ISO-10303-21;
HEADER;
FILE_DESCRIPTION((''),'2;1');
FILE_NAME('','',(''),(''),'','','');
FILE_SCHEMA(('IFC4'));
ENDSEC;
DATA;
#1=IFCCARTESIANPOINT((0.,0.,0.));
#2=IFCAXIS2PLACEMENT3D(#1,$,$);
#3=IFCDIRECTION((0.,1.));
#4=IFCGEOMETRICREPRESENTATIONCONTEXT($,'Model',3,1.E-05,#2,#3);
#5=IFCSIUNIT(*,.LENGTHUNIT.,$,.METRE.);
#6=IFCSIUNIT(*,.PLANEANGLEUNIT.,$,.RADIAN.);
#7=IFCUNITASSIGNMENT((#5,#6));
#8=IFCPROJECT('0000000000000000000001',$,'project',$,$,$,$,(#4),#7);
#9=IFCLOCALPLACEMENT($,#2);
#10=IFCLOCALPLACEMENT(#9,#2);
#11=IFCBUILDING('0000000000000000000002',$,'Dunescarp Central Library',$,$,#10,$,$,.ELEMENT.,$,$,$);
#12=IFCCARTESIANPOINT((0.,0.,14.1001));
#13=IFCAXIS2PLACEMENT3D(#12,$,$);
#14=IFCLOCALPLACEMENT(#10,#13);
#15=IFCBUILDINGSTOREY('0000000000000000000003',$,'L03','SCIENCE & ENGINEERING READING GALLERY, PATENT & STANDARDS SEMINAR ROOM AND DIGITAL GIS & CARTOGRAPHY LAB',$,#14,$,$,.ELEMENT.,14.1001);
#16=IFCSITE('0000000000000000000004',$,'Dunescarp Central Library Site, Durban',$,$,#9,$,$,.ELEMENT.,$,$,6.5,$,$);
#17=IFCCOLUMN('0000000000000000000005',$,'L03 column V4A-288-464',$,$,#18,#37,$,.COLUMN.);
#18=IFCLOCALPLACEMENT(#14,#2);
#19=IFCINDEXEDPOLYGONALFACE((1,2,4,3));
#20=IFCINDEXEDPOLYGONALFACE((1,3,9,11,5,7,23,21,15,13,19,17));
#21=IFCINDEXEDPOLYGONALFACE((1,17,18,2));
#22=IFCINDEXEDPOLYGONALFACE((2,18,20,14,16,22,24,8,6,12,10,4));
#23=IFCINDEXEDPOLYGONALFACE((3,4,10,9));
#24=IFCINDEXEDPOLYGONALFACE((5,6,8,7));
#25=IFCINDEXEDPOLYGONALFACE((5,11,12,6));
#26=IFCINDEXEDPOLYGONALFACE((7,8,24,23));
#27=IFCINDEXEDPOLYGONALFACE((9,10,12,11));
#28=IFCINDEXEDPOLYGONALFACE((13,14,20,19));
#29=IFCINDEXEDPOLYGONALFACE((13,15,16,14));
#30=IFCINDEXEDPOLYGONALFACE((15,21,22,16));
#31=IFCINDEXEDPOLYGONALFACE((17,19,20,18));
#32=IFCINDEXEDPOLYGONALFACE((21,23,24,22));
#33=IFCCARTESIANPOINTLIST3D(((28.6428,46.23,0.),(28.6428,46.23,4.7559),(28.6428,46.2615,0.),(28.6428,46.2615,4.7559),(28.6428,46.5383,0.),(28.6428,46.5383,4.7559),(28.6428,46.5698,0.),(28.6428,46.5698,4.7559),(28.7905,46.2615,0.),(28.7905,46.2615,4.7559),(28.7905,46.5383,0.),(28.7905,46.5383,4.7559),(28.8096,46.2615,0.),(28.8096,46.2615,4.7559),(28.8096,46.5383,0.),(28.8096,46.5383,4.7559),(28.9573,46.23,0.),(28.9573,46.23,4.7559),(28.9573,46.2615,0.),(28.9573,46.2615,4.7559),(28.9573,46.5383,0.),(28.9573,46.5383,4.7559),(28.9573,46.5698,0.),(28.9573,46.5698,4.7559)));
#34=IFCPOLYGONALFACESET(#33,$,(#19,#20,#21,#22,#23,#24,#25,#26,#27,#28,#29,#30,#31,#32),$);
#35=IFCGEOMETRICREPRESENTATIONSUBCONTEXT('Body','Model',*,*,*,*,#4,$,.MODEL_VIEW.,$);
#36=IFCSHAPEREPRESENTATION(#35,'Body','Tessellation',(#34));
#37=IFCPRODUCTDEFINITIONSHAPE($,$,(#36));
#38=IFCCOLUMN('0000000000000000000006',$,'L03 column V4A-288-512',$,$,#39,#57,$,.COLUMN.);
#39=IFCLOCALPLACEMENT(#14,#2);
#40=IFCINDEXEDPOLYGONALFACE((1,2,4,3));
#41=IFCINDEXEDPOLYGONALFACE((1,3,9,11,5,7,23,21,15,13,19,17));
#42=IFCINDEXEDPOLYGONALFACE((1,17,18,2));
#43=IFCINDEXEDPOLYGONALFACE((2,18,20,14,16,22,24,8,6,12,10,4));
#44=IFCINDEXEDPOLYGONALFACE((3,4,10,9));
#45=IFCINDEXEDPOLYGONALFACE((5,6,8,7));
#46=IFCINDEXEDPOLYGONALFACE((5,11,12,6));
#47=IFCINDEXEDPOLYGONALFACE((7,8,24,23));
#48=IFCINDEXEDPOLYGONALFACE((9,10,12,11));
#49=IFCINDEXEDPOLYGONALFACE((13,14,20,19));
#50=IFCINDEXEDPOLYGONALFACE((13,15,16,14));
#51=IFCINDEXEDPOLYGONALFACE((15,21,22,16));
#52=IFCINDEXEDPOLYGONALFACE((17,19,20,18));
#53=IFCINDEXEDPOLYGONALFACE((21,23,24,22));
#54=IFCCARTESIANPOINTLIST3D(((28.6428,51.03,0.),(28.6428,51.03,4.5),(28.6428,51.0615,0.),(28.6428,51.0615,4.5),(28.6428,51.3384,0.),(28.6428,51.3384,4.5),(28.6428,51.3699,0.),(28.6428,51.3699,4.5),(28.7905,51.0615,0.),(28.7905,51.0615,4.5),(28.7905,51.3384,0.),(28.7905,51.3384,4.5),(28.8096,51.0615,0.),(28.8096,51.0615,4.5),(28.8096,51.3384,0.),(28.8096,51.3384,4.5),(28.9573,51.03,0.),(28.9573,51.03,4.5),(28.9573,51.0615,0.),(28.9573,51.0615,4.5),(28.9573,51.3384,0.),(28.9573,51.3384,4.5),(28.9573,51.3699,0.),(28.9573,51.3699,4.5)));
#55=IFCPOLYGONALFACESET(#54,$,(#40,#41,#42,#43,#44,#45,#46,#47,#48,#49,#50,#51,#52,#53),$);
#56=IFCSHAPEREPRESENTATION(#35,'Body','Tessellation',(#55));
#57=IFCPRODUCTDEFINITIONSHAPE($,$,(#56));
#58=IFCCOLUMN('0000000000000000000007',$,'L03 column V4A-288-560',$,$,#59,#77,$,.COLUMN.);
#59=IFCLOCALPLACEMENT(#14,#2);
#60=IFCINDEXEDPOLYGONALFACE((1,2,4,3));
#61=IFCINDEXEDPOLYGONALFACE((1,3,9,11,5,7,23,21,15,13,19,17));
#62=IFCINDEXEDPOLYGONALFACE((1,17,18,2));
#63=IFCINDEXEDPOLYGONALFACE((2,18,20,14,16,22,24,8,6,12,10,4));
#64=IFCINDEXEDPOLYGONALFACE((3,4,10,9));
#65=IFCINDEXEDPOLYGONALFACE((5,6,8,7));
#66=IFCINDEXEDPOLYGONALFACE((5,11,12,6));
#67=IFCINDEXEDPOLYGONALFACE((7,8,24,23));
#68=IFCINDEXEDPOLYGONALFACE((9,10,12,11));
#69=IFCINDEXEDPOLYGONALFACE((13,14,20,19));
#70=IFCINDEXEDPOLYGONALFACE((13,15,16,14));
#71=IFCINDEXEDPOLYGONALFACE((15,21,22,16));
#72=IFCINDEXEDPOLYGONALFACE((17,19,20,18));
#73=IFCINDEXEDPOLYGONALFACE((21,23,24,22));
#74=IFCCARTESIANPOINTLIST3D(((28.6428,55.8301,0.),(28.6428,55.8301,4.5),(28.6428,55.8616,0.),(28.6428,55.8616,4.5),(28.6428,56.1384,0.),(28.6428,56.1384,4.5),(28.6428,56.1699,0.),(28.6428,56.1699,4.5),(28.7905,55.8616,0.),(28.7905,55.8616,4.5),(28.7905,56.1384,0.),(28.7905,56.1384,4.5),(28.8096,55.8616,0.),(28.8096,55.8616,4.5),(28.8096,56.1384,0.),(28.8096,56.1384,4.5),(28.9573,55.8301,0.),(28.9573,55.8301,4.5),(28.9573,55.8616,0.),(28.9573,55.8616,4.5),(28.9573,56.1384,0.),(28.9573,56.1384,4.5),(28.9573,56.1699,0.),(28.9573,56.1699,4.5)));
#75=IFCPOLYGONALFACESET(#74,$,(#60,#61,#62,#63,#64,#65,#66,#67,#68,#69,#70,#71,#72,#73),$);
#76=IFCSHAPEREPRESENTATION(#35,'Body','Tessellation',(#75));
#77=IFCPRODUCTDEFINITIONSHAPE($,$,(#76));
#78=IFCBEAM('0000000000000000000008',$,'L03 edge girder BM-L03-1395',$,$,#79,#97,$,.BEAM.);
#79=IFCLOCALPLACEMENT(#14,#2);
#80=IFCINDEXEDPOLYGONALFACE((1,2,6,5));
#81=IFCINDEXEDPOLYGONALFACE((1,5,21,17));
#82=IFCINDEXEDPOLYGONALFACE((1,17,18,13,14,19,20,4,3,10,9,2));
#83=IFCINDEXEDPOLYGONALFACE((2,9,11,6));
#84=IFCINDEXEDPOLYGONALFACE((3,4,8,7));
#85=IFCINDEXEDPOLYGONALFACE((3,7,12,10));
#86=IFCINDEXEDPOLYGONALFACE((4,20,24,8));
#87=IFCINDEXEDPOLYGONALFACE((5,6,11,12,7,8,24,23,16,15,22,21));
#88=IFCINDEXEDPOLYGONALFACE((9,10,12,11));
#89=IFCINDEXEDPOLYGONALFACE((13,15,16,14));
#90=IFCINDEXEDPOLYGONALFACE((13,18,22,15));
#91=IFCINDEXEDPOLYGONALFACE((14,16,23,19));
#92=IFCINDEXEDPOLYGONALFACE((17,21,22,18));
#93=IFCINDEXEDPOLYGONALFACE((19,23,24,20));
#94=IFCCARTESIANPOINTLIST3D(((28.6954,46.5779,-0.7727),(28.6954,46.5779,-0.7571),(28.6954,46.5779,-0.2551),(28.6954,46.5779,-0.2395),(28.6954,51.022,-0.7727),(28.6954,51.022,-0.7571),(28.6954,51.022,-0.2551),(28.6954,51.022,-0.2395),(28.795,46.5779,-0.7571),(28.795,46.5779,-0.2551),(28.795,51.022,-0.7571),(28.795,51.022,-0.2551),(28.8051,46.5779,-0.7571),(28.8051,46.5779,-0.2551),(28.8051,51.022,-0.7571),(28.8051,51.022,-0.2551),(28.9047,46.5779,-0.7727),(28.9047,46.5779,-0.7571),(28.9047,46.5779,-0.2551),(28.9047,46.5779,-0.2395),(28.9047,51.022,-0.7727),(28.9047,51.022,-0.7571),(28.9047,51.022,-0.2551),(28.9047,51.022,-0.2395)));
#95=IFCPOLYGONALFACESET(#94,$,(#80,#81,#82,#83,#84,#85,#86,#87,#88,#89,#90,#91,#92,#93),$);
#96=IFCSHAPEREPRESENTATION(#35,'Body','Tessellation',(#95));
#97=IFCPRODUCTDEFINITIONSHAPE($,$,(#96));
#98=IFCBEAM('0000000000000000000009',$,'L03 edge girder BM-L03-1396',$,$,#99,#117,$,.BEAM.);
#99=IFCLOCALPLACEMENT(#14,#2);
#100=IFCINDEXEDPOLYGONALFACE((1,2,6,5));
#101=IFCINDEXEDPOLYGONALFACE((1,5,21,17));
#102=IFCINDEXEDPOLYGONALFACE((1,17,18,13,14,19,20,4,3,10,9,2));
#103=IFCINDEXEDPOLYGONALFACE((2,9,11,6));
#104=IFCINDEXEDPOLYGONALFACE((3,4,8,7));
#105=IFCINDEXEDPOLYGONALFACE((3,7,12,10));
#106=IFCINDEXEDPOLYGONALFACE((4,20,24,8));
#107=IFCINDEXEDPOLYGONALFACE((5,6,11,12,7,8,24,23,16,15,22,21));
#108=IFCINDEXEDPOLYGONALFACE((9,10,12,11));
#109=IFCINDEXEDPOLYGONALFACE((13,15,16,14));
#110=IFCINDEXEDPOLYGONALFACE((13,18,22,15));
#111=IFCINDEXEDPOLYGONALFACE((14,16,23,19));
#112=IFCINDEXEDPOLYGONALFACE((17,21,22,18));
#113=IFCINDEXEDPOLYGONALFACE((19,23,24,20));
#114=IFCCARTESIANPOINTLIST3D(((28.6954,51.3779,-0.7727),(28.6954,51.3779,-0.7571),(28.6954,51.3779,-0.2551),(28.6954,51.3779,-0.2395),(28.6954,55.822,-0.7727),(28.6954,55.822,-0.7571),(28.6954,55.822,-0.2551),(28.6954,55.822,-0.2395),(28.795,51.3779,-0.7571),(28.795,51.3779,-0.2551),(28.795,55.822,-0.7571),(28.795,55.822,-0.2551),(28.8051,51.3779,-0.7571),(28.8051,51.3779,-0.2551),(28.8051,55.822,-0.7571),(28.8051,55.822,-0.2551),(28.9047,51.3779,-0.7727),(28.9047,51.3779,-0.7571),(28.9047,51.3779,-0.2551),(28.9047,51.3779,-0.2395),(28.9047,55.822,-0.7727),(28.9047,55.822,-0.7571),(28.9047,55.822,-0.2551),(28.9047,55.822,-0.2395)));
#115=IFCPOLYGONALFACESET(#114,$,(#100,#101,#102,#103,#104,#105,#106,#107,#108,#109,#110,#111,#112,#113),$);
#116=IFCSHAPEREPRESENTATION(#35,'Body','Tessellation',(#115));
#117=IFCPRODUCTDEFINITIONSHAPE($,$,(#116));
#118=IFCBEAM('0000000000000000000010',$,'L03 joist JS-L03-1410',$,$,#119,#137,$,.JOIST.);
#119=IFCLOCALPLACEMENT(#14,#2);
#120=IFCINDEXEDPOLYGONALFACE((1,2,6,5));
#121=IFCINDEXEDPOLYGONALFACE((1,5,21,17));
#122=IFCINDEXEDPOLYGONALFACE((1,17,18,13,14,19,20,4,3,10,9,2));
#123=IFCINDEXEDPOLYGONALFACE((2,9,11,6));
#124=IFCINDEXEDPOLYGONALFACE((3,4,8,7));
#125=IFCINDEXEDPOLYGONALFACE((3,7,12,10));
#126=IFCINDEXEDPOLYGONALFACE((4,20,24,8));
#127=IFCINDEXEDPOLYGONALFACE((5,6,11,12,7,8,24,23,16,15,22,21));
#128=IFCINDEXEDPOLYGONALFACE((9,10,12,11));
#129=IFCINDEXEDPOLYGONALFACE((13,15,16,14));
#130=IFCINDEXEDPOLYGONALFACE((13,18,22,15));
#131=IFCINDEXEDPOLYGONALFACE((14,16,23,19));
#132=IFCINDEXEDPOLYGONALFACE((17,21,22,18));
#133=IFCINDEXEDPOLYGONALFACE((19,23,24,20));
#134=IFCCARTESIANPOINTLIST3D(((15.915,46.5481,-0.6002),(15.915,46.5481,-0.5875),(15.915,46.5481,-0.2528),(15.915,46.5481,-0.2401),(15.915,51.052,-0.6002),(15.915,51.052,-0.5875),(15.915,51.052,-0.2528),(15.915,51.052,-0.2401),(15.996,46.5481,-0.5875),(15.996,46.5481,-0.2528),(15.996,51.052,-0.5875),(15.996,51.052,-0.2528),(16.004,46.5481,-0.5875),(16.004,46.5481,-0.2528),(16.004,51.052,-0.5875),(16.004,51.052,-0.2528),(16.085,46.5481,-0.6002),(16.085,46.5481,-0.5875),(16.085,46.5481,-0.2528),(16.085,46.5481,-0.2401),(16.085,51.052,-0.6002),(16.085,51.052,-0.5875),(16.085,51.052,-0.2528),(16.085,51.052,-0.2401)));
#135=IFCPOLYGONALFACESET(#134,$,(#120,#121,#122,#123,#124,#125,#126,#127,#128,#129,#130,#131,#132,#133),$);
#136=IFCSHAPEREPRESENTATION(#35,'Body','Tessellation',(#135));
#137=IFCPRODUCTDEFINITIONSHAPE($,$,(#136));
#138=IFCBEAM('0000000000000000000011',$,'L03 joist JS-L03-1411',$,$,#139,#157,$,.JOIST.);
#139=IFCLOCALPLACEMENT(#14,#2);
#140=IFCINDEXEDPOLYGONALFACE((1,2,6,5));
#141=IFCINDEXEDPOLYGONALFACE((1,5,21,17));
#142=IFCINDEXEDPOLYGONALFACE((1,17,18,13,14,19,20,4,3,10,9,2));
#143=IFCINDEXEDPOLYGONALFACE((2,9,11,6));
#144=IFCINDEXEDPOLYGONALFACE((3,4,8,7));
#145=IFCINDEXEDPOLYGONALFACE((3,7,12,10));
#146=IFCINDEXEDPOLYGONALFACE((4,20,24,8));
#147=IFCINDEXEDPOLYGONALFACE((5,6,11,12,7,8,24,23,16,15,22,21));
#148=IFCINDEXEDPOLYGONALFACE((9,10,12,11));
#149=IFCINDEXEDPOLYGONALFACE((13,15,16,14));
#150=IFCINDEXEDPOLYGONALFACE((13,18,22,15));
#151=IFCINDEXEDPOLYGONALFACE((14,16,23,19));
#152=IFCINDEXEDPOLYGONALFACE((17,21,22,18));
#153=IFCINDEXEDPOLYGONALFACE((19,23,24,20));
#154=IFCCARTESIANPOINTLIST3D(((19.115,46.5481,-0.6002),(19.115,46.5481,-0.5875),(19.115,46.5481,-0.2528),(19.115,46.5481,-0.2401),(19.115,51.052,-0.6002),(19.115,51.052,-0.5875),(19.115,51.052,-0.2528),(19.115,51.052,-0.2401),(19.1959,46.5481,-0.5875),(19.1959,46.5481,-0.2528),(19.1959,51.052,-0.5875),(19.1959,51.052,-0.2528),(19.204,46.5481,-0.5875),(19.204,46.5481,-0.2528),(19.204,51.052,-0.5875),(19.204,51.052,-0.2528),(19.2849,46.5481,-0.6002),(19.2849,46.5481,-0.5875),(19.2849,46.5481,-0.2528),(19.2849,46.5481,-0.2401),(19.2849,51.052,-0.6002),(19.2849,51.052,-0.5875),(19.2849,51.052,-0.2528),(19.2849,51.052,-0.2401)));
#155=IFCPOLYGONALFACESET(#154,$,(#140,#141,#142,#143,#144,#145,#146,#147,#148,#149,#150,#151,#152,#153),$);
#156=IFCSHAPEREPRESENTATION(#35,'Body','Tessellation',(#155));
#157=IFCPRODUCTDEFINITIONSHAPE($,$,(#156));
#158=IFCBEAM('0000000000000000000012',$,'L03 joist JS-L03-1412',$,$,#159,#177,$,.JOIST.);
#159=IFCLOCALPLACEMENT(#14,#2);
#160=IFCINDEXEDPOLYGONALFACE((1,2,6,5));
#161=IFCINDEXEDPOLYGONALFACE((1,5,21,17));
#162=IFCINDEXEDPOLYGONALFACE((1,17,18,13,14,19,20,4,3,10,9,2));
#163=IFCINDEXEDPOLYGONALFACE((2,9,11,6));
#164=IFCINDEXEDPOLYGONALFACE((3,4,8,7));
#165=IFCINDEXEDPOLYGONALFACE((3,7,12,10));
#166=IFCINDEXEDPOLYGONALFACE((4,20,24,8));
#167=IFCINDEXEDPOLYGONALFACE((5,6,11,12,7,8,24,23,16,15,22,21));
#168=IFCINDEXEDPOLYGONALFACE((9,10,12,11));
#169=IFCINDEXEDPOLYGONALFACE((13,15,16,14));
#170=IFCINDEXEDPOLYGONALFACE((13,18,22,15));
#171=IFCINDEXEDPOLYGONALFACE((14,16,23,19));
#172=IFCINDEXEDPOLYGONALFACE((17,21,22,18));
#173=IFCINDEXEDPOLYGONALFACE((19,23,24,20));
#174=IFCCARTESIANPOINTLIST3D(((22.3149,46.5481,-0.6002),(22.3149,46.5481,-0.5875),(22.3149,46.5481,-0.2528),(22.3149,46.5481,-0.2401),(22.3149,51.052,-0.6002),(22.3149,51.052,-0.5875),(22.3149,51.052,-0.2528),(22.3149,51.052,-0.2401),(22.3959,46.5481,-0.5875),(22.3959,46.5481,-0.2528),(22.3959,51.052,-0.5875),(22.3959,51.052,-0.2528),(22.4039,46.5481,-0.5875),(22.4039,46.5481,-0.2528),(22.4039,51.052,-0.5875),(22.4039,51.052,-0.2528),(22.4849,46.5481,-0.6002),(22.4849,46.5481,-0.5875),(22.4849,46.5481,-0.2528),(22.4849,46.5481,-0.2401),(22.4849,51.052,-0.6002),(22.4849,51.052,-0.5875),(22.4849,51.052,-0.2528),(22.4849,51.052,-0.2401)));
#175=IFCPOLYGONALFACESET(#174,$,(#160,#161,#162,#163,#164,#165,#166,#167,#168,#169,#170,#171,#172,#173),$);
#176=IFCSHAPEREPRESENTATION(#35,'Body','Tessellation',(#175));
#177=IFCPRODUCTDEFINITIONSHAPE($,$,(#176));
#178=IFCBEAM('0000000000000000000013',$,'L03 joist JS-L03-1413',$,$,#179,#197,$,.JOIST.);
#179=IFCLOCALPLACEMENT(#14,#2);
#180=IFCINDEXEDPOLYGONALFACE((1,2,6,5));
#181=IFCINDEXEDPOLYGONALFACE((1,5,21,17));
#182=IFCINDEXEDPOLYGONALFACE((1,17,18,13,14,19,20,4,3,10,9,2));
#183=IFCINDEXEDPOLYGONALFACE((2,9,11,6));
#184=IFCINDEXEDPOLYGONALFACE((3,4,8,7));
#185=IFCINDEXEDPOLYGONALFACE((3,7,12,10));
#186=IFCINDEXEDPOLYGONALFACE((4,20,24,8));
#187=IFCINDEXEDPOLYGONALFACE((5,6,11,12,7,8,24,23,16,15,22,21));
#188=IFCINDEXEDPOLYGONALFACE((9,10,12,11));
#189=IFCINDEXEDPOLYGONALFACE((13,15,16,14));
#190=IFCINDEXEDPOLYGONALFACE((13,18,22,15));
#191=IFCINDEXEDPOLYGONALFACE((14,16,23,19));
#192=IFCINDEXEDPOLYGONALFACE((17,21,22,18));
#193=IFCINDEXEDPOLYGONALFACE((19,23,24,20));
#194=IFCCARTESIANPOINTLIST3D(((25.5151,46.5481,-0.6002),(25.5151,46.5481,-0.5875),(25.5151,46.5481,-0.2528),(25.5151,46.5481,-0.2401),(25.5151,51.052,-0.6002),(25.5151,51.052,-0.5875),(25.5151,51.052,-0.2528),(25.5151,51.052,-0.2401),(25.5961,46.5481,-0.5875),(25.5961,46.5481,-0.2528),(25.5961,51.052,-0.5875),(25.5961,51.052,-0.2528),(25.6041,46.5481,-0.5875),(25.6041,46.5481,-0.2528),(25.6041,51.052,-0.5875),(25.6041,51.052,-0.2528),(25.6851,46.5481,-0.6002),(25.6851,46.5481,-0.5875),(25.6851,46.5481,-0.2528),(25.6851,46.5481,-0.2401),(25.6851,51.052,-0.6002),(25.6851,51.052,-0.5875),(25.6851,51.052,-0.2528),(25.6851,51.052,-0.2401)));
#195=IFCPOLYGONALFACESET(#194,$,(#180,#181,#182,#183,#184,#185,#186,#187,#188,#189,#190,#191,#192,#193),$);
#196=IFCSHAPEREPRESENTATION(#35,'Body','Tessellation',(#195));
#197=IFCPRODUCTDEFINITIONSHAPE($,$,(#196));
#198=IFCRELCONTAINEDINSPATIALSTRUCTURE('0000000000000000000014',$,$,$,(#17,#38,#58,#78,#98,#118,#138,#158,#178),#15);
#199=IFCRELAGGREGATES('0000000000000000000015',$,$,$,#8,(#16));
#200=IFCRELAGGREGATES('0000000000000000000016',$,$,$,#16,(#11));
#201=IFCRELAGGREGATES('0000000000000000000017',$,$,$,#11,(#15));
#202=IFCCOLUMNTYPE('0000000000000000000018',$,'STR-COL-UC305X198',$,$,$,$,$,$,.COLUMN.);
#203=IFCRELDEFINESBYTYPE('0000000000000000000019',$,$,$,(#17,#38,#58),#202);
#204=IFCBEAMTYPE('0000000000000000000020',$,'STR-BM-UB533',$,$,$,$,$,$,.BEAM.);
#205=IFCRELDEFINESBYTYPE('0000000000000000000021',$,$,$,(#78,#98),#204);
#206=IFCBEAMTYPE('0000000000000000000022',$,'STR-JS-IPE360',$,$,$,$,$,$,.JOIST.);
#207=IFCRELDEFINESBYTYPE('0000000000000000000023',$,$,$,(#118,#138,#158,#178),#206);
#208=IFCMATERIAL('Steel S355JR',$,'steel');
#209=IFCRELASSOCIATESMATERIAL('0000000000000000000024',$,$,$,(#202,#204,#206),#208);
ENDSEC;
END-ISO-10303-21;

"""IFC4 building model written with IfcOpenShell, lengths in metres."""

from ifc_helpers import new_model, si_unit, direction, frame, origin, origin_2d, place, context, subcontext, project, spatial, i_section, extrude, material, material_profile, profile_set, type_object, element, save


model = new_model("IFC4")

# Units and contexts
model_context = context("Model", 3, precision=1e-05, world=origin(), true_north=direction((0.0, 1.0)))
body_context = subcontext(model_context, "Body", "Model", "MODEL_VIEW")
ifc_project = project(units=[si_unit("LENGTHUNIT", "METRE"), si_unit("PLANEANGLEUNIT", "RADIAN")], contexts=[model_context])

# Site, building, storey
site_placement = place(None, origin())
site = spatial("IfcSite", under=ifc_project, at=site_placement, Name="Dunescarp Central Library Site, Durban", CompositionType="ELEMENT", RefElevation=6.5)
building_placement = place(site_placement, origin())
building = spatial("IfcBuilding", under=site, at=building_placement, Name="Dunescarp Central Library", CompositionType="ELEMENT")
storey_placement = place(building_placement, frame((0.0, 0.0, 14.1001)))
storey = spatial("IfcBuildingStorey", under=building, at=storey_placement, Name="L03", Description="SCIENCE & ENGINEERING READING GALLERY, PATENT & STANDARDS SEMINAR ROOM AND DIGITAL GIS & CARTOGRAPHY LAB", CompositionType="ELEMENT", Elevation=14.1001)

# Columns
ifc_material_1 = material(Name="Steel S355JR", Category="steel")
ifc_material_profile_1 = material_profile(ifc_material_1, i_section(OverallWidth=0.3145, OverallDepth=0.3398, WebThickness=0.019, FlangeThickness=0.0315, at=origin_2d()), Name="UC 305x305x198")
ifc_profile_set_1 = profile_set([ifc_material_profile_1], Name="Steel S355JR")
column_type = type_object("IfcColumnType", Name="STR-COL-UC305X198", PredefinedType="COLUMN", material=ifc_profile_set_1)
column_placement = place(storey_placement, frame((28.8, 46.3999, 0.0), z_axis=(0.0, 0.0, 1.0), x_axis=(1.0, 0.0, 0.0)))
element("IfcColumn", 1, at=column_placement, inside=storey, type_object=column_type, Name="L03 column V4A-288-464", PredefinedType="COLUMN", context=body_context, shape_type="SweptSolid", body=[
    extrude(i_section(OverallWidth=0.3145, OverallDepth=0.3398, WebThickness=0.019, FlangeThickness=0.0315, at=origin_2d()), origin(), (0.0, 0.0, 1.0), 4.7559),
])
for number, where, z_axis, x_axis, name in (
    (2, (28.8, 51.2, 0.0), (0.0, 0.0, 1.0), (1.0, 0.0, 0.0), "L03 column V4A-288-512"),
    (3, (28.8, 56.0, 0.0), (0.0, 0.0, 1.0), (1.0, 0.0, 0.0), "L03 column V4A-288-560"),
):
    element("IfcColumn", number, at=place(storey_placement, frame(where, z_axis=z_axis, x_axis=x_axis)), inside=storey, type_object=column_type, Name=name, PredefinedType="COLUMN", context=body_context, shape_type="SweptSolid", body=[
        extrude(i_section(OverallWidth=0.3145, OverallDepth=0.3398, WebThickness=0.019, FlangeThickness=0.0315, at=origin_2d()), origin(), (0.0, 0.0, 1.0), 4.5),
    ])

# Beams
ifc_material_profile_2 = material_profile(ifc_material_1, i_section(OverallWidth=0.2092, OverallDepth=0.5332, WebThickness=0.01, FlangeThickness=0.0156, at=origin_2d()), Name="UB 533x210x92")
ifc_profile_set_2 = profile_set([ifc_material_profile_2], Name="Steel S355JR")
beam_type_1 = type_object("IfcBeamType", Name="STR-BM-UB533", PredefinedType="BEAM", material=ifc_profile_set_2)
for number, where, z_axis, x_axis, name in (
    (4, (28.8, 46.5779, -0.5061), (0.0, 1.0, 0.0), (-1.0, 0.0, 0.0), "L03 edge girder BM-L03-1395"),
    (5, (28.8, 51.3779, -0.5061), (0.0, 1.0, 0.0), (-1.0, 0.0, 0.0), "L03 edge girder BM-L03-1396"),
):
    element("IfcBeam", number, at=place(storey_placement, frame(where, z_axis=z_axis, x_axis=x_axis)), inside=storey, type_object=beam_type_1, Name=name, PredefinedType="BEAM", context=body_context, shape_type="SweptSolid", body=[
        extrude(i_section(OverallWidth=0.2092, OverallDepth=0.5332, WebThickness=0.01, FlangeThickness=0.0156, at=origin_2d()), origin(), (0.0, 0.0, 1.0), 4.4441),
    ])
ifc_material_profile_3 = material_profile(ifc_material_1, i_section(OverallWidth=0.1699, OverallDepth=0.3601, WebThickness=0.0081, FlangeThickness=0.0127, at=origin_2d()), Name="IPE 360")
ifc_profile_set_3 = profile_set([ifc_material_profile_3], Name="Steel S355JR")
beam_type_2 = type_object("IfcBeamType", Name="STR-JS-IPE360", PredefinedType="JOIST", material=ifc_profile_set_3)
for number, where, z_axis, x_axis, name in (
    (6, (16.0, 46.5481, -0.4202), (0.0, 1.0, 0.0), (-1.0, 0.0, 0.0), "L03 joist JS-L03-1410"),
    (7, (19.2, 46.5481, -0.4202), (0.0, 1.0, 0.0), (-1.0, 0.0, 0.0), "L03 joist JS-L03-1411"),
    (8, (22.3999, 46.5481, -0.4202), (0.0, 1.0, 0.0), (-1.0, 0.0, 0.0), "L03 joist JS-L03-1412"),
    (9, (25.6001, 46.5481, -0.4202), (0.0, 1.0, 0.0), (-1.0, 0.0, 0.0), "L03 joist JS-L03-1413"),
):
    element("IfcBeam", number, at=place(storey_placement, frame(where, z_axis=z_axis, x_axis=x_axis)), inside=storey, type_object=beam_type_2, Name=name, PredefinedType="JOIST", context=body_context, shape_type="SweptSolid", body=[
        extrude(i_section(OverallWidth=0.1699, OverallDepth=0.3601, WebThickness=0.0081, FlangeThickness=0.0127, at=origin_2d()), origin(), (0.0, 0.0, 1.0), 4.5039),
    ])

save(model, "model.ifc")
